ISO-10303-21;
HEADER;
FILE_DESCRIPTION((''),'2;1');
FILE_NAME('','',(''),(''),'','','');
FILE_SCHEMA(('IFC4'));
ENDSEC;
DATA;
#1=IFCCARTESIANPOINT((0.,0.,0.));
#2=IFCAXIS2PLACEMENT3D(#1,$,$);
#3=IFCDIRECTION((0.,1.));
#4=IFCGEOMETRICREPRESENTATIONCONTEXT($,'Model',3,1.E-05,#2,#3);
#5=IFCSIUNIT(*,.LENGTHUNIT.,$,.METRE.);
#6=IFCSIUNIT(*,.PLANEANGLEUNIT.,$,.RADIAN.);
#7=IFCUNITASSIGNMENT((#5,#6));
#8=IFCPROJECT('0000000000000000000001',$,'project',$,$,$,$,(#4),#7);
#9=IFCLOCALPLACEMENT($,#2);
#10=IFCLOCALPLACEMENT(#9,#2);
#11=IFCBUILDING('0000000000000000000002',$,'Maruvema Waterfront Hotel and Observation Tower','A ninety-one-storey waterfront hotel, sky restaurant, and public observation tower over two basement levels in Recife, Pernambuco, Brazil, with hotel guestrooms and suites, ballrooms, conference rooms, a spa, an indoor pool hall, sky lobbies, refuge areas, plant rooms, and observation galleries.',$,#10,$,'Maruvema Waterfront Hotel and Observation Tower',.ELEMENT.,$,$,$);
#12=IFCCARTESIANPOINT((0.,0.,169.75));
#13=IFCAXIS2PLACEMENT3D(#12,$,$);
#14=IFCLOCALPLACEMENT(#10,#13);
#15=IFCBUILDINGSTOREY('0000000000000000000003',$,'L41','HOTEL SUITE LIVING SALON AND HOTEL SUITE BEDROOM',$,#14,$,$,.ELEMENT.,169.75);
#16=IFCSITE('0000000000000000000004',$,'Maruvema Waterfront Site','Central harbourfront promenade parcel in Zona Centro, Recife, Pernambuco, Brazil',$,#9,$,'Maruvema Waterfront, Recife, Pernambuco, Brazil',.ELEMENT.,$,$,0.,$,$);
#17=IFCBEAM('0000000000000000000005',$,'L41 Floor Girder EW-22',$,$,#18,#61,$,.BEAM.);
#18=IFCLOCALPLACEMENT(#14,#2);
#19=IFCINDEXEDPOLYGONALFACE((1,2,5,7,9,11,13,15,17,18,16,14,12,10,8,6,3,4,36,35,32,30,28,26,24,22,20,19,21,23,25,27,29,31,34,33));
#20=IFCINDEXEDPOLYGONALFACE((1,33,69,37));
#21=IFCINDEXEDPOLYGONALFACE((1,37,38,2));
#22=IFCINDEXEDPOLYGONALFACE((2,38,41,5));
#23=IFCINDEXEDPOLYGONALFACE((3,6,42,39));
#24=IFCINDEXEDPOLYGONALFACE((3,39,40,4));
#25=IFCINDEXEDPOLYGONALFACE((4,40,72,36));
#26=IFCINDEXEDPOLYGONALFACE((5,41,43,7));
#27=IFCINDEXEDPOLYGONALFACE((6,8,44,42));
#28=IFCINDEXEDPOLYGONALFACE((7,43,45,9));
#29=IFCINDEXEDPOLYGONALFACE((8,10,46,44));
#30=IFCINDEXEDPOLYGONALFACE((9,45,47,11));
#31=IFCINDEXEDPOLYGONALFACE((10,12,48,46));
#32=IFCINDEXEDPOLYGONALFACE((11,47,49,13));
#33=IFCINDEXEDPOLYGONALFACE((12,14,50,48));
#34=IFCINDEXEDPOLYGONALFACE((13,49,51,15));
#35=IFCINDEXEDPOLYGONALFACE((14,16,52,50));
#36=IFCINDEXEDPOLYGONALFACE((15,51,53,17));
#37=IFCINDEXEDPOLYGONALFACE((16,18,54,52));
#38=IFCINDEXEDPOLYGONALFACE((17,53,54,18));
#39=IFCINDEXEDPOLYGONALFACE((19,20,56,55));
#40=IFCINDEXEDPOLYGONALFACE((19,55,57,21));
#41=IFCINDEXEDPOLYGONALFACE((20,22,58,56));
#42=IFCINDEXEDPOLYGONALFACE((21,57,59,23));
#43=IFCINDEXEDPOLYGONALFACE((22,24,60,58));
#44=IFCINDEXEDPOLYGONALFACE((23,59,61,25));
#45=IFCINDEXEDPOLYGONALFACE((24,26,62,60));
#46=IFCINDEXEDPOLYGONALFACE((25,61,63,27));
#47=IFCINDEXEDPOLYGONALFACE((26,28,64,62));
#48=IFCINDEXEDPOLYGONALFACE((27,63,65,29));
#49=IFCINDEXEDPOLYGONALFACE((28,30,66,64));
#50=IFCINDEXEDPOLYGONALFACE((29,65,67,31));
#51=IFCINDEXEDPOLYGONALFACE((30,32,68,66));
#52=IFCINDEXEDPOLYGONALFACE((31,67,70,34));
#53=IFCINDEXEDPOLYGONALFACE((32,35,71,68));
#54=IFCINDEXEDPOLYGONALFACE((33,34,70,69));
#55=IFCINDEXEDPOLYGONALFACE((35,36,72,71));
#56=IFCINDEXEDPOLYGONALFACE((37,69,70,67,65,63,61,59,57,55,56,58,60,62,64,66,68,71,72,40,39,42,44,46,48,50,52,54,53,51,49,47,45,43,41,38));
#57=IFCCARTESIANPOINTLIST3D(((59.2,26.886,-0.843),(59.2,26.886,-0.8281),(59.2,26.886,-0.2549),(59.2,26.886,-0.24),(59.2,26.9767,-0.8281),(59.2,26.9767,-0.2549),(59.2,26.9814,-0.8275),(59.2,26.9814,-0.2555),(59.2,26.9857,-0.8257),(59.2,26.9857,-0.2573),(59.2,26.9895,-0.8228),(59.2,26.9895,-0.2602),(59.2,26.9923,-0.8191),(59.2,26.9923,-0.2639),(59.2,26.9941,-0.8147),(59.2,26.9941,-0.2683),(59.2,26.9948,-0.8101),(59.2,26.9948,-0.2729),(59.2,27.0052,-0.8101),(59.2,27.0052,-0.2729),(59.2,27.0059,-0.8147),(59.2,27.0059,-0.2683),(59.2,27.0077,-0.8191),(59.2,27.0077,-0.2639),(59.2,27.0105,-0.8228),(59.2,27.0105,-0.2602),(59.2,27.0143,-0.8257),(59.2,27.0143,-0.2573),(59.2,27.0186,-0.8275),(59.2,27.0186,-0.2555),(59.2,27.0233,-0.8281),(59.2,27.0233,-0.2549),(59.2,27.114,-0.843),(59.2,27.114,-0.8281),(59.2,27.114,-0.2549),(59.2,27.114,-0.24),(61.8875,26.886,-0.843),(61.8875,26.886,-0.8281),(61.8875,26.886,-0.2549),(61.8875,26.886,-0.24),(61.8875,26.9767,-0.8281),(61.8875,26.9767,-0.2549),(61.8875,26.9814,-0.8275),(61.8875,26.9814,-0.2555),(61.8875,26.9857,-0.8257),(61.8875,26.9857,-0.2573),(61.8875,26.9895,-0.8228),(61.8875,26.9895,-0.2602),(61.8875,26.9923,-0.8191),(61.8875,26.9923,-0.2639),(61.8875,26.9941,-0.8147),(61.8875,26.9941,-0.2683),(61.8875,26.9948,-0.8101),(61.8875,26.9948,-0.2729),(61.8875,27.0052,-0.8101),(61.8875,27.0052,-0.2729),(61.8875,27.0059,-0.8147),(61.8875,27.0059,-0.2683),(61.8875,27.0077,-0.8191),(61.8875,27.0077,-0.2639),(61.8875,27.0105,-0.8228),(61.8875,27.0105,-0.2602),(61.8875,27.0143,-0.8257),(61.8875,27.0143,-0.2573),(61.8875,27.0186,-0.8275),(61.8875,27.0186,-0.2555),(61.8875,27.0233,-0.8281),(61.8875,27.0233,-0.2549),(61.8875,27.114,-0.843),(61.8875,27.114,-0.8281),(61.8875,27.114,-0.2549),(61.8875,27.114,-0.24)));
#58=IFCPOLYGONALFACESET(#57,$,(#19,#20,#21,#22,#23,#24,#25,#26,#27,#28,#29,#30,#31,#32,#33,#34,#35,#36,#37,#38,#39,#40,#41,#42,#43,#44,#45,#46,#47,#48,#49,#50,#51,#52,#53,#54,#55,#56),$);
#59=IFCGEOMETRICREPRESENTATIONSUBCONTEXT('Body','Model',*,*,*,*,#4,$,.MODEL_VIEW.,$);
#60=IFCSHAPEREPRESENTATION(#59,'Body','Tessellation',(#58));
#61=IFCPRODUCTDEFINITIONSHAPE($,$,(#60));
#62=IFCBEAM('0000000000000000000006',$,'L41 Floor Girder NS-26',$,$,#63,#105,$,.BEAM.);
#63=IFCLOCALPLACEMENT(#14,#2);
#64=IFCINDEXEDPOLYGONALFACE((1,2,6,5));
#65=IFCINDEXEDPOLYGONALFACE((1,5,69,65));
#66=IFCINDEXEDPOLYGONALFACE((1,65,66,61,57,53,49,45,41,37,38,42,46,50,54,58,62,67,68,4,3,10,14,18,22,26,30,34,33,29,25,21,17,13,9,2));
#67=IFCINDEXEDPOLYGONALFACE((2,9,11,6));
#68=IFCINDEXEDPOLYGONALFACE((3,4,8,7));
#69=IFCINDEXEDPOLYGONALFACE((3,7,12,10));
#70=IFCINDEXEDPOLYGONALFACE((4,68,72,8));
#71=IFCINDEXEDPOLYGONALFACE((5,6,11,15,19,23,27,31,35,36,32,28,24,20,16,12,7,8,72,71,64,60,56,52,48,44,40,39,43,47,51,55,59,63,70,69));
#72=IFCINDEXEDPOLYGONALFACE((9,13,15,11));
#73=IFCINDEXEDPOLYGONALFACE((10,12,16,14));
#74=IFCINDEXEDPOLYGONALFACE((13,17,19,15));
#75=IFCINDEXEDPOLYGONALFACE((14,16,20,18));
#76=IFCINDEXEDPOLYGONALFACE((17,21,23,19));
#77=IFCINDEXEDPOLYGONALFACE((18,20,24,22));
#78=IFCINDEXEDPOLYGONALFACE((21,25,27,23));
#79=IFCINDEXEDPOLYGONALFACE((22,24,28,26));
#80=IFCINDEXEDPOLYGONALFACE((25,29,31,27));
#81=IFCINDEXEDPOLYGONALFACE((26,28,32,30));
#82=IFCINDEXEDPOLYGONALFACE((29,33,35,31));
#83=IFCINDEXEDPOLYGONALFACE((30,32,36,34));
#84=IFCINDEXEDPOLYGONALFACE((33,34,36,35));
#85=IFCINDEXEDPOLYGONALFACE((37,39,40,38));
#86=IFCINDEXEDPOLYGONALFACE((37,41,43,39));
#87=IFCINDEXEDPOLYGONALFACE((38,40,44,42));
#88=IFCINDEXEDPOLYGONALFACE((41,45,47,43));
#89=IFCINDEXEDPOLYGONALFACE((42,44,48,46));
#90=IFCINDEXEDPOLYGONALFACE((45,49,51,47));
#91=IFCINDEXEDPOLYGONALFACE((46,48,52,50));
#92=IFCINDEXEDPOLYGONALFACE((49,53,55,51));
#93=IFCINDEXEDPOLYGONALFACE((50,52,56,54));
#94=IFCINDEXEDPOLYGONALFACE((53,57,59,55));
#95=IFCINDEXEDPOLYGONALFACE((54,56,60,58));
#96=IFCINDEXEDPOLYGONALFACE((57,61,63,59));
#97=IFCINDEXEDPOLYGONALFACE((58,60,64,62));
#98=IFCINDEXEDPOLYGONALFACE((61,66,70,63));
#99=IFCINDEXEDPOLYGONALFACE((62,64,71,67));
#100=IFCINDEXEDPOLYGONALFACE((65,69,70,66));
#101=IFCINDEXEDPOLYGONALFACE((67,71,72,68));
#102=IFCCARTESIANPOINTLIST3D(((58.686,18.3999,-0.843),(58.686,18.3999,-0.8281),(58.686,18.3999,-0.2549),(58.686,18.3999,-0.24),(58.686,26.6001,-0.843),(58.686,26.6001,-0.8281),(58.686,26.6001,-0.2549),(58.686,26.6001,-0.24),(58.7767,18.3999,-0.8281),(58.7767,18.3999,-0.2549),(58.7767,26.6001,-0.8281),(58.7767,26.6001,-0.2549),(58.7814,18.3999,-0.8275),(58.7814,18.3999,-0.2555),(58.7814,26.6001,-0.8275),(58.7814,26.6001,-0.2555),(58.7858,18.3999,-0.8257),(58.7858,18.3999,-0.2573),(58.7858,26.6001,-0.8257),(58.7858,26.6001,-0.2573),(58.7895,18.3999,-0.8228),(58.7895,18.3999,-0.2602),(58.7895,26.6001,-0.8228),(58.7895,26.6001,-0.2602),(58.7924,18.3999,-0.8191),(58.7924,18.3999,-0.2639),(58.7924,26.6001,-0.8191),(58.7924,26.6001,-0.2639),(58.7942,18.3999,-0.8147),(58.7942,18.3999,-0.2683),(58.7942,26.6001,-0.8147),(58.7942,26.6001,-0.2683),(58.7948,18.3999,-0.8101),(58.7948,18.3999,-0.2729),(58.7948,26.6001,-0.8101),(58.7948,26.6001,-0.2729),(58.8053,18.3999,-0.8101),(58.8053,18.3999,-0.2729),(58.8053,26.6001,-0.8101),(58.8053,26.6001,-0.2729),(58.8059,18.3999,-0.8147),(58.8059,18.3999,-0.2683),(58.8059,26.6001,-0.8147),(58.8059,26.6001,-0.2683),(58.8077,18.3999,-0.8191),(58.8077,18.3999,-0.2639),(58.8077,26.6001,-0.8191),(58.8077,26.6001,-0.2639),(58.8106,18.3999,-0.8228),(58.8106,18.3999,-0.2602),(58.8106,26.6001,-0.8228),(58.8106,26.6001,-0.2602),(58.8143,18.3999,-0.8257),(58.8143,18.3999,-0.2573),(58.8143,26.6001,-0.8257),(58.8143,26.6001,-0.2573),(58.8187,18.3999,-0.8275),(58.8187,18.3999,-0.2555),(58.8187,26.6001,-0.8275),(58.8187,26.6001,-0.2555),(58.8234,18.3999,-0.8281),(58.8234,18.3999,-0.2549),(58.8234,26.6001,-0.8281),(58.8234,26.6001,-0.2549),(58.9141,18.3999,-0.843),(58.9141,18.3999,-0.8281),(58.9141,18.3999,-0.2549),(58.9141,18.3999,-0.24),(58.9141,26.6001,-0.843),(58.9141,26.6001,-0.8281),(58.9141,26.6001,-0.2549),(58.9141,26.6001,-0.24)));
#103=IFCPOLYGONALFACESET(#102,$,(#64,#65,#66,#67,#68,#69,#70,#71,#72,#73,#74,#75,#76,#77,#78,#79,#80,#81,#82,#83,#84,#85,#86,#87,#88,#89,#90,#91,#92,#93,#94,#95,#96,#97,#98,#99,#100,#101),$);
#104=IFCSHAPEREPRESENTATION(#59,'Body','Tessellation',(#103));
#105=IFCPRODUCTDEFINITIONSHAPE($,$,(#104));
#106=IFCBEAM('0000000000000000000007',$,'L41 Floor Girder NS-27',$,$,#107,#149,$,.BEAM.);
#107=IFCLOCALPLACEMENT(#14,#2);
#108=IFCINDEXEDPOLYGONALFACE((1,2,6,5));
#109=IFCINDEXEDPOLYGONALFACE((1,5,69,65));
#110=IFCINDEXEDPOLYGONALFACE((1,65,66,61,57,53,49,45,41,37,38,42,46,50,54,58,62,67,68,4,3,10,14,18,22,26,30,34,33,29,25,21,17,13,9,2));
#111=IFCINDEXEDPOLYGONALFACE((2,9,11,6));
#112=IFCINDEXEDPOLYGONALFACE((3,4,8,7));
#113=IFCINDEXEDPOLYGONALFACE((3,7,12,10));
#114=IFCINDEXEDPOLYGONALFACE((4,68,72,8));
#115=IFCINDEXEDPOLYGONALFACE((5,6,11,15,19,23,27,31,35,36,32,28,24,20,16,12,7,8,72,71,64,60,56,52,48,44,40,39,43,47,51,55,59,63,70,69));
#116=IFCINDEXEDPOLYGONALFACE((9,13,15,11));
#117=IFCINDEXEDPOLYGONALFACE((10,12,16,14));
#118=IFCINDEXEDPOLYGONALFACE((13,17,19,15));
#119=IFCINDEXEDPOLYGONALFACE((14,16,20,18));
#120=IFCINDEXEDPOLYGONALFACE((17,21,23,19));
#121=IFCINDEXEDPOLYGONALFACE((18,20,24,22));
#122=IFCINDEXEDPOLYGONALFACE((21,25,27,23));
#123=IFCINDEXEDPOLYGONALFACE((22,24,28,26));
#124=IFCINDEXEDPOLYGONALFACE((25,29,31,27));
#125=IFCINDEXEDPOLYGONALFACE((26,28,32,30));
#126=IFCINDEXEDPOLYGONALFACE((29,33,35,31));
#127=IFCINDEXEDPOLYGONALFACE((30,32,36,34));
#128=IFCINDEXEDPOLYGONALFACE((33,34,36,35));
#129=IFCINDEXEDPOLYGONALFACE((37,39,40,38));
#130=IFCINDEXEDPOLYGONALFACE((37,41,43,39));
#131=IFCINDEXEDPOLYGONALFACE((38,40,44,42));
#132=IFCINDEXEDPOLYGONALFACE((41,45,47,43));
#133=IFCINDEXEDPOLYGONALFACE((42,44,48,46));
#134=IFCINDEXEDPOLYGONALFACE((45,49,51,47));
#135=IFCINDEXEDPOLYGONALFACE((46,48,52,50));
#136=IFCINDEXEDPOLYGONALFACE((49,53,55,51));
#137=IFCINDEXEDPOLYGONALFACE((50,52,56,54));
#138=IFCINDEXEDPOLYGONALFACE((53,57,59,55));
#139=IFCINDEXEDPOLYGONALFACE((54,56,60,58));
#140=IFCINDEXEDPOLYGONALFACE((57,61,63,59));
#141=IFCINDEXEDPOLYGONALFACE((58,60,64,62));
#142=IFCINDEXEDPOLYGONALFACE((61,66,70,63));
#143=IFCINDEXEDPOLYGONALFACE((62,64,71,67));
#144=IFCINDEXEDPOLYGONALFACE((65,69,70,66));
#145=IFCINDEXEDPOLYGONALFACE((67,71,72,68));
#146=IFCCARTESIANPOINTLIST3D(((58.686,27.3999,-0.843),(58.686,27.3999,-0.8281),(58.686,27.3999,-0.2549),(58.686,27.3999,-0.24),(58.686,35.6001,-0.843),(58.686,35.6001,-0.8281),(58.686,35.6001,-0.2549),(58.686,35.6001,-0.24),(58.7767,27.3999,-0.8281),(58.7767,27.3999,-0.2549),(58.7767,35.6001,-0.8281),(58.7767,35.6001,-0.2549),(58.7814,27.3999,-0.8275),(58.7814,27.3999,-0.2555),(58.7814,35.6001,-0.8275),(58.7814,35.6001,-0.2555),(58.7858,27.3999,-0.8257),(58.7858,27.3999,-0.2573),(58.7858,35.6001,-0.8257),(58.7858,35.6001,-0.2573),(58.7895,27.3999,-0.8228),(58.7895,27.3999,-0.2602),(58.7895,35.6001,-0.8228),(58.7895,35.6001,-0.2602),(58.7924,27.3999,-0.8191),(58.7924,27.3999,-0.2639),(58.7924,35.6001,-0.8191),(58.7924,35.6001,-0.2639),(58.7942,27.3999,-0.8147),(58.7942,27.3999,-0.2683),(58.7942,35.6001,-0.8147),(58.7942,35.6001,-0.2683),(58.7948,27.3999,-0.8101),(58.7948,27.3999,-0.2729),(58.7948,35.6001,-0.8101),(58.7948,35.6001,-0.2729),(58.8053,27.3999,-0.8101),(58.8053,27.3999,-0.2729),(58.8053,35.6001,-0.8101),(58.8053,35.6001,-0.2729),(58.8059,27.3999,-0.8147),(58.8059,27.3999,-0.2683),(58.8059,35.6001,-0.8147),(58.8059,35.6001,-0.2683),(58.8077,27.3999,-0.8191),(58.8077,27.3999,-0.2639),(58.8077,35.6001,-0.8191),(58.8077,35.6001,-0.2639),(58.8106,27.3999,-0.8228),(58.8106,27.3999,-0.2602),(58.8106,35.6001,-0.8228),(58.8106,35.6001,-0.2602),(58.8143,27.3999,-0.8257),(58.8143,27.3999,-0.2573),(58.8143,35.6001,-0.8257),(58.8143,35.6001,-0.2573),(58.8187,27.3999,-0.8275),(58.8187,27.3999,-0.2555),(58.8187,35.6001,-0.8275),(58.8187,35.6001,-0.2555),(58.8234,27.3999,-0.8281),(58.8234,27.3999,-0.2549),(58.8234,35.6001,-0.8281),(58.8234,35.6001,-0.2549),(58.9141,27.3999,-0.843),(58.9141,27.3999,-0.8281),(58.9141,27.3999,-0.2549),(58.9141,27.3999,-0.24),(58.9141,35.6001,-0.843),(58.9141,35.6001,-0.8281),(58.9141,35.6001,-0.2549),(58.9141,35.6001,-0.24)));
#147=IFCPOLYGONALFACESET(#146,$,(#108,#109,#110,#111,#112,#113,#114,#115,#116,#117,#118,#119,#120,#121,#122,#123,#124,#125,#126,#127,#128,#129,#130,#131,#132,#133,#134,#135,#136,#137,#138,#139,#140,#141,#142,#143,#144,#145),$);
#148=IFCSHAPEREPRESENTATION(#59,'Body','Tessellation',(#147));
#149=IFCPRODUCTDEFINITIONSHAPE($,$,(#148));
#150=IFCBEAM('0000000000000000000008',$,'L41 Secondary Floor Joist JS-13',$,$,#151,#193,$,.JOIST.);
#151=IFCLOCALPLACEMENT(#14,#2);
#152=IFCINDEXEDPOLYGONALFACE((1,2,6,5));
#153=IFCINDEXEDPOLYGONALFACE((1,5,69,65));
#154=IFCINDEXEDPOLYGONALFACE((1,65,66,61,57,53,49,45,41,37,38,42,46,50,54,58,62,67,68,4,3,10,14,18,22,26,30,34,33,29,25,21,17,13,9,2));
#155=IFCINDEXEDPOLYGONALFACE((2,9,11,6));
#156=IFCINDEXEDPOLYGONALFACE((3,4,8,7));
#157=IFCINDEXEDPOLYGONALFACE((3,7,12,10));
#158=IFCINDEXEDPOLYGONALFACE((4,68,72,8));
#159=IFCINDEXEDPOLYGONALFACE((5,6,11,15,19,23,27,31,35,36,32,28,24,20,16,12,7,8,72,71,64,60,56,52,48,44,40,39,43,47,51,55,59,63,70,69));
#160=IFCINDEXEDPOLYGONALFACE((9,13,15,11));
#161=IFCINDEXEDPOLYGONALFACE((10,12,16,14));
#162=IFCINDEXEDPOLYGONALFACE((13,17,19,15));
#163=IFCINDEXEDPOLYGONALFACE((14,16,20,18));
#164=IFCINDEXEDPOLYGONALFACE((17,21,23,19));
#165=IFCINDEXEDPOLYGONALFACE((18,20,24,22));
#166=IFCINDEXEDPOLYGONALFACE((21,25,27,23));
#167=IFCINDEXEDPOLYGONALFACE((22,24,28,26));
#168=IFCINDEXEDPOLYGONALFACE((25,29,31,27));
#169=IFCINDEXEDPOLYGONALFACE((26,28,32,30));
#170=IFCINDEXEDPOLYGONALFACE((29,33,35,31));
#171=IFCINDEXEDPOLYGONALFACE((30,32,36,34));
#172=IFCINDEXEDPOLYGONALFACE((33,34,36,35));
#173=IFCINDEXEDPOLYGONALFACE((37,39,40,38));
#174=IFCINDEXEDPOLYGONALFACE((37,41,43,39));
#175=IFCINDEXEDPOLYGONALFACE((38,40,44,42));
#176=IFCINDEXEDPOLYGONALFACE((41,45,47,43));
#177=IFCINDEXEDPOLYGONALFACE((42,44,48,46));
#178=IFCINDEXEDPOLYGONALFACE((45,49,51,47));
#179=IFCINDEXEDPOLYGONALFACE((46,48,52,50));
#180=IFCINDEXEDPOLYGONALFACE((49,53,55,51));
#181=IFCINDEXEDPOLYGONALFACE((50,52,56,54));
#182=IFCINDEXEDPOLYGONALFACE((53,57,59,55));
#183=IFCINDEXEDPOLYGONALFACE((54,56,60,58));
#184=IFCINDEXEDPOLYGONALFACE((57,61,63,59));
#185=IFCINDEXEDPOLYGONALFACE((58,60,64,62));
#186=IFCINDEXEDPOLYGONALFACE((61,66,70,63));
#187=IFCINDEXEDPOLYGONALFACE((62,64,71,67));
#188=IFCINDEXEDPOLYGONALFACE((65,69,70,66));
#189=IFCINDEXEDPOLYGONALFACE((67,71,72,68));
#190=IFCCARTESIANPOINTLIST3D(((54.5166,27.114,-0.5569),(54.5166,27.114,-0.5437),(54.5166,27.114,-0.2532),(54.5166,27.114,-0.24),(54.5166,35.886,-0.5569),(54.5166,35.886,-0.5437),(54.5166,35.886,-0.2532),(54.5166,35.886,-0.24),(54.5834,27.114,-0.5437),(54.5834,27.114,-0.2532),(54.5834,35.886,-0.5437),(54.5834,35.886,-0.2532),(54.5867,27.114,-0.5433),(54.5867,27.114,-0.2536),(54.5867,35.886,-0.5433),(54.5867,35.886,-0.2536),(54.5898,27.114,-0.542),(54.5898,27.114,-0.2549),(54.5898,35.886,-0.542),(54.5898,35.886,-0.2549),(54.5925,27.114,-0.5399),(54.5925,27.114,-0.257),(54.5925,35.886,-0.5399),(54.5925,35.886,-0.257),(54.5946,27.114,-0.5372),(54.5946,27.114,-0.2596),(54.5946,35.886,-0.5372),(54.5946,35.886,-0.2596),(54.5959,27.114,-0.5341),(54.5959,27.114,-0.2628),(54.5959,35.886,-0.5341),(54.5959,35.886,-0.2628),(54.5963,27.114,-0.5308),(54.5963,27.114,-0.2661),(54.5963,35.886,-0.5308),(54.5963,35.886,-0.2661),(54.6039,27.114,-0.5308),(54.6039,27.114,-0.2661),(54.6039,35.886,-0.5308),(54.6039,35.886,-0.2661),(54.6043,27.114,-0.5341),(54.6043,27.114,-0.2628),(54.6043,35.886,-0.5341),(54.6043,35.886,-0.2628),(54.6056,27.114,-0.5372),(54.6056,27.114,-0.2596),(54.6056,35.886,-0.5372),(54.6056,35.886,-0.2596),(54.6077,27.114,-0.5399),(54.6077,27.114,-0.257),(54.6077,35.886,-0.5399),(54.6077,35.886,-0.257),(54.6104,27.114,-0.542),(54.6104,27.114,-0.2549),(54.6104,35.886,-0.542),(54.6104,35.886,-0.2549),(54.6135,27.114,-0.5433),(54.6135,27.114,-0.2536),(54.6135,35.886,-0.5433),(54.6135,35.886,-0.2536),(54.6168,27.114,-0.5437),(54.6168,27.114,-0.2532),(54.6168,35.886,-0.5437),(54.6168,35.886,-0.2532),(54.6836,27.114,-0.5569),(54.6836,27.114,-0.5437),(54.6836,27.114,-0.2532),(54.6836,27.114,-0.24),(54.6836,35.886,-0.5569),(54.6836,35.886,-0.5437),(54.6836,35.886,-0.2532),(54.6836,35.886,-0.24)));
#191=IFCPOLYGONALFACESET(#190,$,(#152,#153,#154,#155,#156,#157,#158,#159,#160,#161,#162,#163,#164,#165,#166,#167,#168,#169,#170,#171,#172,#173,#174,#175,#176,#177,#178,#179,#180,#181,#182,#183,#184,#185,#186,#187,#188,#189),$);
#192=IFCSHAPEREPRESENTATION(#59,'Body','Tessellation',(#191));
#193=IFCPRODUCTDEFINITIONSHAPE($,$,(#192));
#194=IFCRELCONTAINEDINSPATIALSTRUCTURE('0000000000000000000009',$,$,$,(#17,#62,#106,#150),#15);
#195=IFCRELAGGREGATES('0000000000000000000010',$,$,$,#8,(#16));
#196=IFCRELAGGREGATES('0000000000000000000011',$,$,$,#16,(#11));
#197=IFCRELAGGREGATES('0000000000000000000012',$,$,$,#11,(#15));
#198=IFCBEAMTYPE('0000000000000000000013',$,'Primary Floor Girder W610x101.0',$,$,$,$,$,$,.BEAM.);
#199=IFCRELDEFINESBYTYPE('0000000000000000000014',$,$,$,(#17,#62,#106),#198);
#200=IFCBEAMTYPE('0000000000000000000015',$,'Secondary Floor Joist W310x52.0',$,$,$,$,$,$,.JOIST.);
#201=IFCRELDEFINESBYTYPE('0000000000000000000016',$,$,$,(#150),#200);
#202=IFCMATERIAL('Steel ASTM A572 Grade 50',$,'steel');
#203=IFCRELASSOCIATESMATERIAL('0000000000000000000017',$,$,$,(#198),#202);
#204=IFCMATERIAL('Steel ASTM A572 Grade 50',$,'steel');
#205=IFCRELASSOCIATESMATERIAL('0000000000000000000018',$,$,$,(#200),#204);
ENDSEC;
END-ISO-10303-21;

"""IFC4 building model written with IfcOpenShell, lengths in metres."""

from ifc_helpers import new_model, si_unit, direction, frame, origin, origin_2d, place, context, subcontext, project, spatial, i_section, extrude, material, material_profile, profile_set, type_object, element, save


model = new_model("IFC4")

# Units and contexts
model_context = context("Model", 3, precision=1e-05, world=origin(), true_north=direction((0.0, 1.0)))
body_context = subcontext(model_context, "Body", "Model", "MODEL_VIEW")
ifc_project = project(units=[si_unit("LENGTHUNIT", "METRE"), si_unit("PLANEANGLEUNIT", "RADIAN")], contexts=[model_context])

# Site, building, storey
site_placement = place(None, origin())
site = spatial("IfcSite", under=ifc_project, at=site_placement, Name="Maruvema Waterfront Site", Description="Central harbourfront promenade parcel in Zona Centro, Recife, Pernambuco, Brazil", LongName="Maruvema Waterfront, Recife, Pernambuco, Brazil", CompositionType="ELEMENT", RefElevation=0.0)
building_placement = place(site_placement, origin())
building = spatial("IfcBuilding", under=site, at=building_placement, Name="Maruvema Waterfront Hotel and Observation Tower", Description="A ninety-one-storey waterfront hotel, sky restaurant, and public observation tower over two basement levels in Recife, Pernambuco, Brazil, with hotel guestrooms and suites, ballrooms, conference rooms, a spa, an indoor pool hall, sky lobbies, refuge areas, plant rooms, and observation galleries.", LongName="Maruvema Waterfront Hotel and Observation Tower", CompositionType="ELEMENT")
storey_placement = place(building_placement, frame((0.0, 0.0, 169.75)))
storey = spatial("IfcBuildingStorey", under=building, at=storey_placement, Name="L41", Description="HOTEL SUITE LIVING SALON AND HOTEL SUITE BEDROOM", CompositionType="ELEMENT", Elevation=169.75)

# Beams
ifc_material_1 = material(Name="Steel ASTM A572 Grade 50", Category="steel")
ifc_material_profile_1 = material_profile(ifc_material_1, i_section(OverallWidth=0.228, OverallDepth=0.603, WebThickness=0.0105, FlangeThickness=0.0149, FilletRadius=0.0181, at=origin_2d()), Name="W610x101.0")
ifc_profile_set_1 = profile_set([ifc_material_profile_1], Name="Steel ASTM A572 Grade 50")
beam_type_1 = type_object("IfcBeamType", Name="Primary Floor Girder W610x101.0", PredefinedType="BEAM", material=ifc_profile_set_1)
for number, where, z_axis, x_axis, name in (
    (1, (59.2, 27.0, -0.5415), (1.0, 0.0, 0.0), (0.0, 1.0, 0.0), "L41 Floor Girder EW-22"),
):
    element("IfcBeam", number, at=place(storey_placement, frame(where, z_axis=z_axis, x_axis=x_axis)), inside=storey, type_object=beam_type_1, Name=name, PredefinedType="BEAM", context=body_context, shape_type="SweptSolid", body=[
        extrude(i_section(OverallWidth=0.228, OverallDepth=0.603, WebThickness=0.0105, FlangeThickness=0.0149, FilletRadius=0.0181, at=origin_2d()), origin(), (0.0, 0.0, 1.0), 2.6875),
    ])
for number, where, z_axis, x_axis, name in (
    (2, (58.8, 18.3999, -0.5415), (0.0, 1.0, 0.0), (-1.0, 0.0, 0.0), "L41 Floor Girder NS-26"),
    (3, (58.8, 27.3999, -0.5415), (0.0, 1.0, 0.0), (-1.0, 0.0, 0.0), "L41 Floor Girder NS-27"),
):
    element("IfcBeam", number, at=place(storey_placement, frame(where, z_axis=z_axis, x_axis=x_axis)), inside=storey, type_object=beam_type_1, Name=name, PredefinedType="BEAM", context=body_context, shape_type="SweptSolid", body=[
        extrude(i_section(OverallWidth=0.228, OverallDepth=0.603, WebThickness=0.0105, FlangeThickness=0.0149, FilletRadius=0.0181, at=origin_2d()), origin(), (0.0, 0.0, 1.0), 8.2002),
    ])
ifc_material_2 = material(Name="Steel ASTM A572 Grade 50", Category="steel")
ifc_material_profile_2 = material_profile(ifc_material_2, i_section(OverallWidth=0.167, OverallDepth=0.3169, WebThickness=0.0076, FlangeThickness=0.0132, FilletRadius=0.0129, at=origin_2d()), Name="W310x52.0")
ifc_profile_set_2 = profile_set([ifc_material_profile_2], Name="Steel ASTM A572 Grade 50")
beam_type_2 = type_object("IfcBeamType", Name="Secondary Floor Joist W310x52.0", PredefinedType="JOIST", material=ifc_profile_set_2)
beam_1_placement = place(storey_placement, frame((54.6001, 27.114, -0.3984), z_axis=(0.0, 1.0, 0.0), x_axis=(-1.0, 0.0, 0.0)))
element("IfcBeam", 4, at=beam_1_placement, inside=storey, type_object=beam_type_2, Name="L41 Secondary Floor Joist JS-13", PredefinedType="JOIST", context=body_context, shape_type="SweptSolid", body=[
    extrude(i_section(OverallWidth=0.167, OverallDepth=0.3169, WebThickness=0.0076, FlangeThickness=0.0132, FilletRadius=0.0129, at=origin_2d()), origin(), (0.0, 0.0, 1.0), 8.772),
])

save(model, "model.ifc")
